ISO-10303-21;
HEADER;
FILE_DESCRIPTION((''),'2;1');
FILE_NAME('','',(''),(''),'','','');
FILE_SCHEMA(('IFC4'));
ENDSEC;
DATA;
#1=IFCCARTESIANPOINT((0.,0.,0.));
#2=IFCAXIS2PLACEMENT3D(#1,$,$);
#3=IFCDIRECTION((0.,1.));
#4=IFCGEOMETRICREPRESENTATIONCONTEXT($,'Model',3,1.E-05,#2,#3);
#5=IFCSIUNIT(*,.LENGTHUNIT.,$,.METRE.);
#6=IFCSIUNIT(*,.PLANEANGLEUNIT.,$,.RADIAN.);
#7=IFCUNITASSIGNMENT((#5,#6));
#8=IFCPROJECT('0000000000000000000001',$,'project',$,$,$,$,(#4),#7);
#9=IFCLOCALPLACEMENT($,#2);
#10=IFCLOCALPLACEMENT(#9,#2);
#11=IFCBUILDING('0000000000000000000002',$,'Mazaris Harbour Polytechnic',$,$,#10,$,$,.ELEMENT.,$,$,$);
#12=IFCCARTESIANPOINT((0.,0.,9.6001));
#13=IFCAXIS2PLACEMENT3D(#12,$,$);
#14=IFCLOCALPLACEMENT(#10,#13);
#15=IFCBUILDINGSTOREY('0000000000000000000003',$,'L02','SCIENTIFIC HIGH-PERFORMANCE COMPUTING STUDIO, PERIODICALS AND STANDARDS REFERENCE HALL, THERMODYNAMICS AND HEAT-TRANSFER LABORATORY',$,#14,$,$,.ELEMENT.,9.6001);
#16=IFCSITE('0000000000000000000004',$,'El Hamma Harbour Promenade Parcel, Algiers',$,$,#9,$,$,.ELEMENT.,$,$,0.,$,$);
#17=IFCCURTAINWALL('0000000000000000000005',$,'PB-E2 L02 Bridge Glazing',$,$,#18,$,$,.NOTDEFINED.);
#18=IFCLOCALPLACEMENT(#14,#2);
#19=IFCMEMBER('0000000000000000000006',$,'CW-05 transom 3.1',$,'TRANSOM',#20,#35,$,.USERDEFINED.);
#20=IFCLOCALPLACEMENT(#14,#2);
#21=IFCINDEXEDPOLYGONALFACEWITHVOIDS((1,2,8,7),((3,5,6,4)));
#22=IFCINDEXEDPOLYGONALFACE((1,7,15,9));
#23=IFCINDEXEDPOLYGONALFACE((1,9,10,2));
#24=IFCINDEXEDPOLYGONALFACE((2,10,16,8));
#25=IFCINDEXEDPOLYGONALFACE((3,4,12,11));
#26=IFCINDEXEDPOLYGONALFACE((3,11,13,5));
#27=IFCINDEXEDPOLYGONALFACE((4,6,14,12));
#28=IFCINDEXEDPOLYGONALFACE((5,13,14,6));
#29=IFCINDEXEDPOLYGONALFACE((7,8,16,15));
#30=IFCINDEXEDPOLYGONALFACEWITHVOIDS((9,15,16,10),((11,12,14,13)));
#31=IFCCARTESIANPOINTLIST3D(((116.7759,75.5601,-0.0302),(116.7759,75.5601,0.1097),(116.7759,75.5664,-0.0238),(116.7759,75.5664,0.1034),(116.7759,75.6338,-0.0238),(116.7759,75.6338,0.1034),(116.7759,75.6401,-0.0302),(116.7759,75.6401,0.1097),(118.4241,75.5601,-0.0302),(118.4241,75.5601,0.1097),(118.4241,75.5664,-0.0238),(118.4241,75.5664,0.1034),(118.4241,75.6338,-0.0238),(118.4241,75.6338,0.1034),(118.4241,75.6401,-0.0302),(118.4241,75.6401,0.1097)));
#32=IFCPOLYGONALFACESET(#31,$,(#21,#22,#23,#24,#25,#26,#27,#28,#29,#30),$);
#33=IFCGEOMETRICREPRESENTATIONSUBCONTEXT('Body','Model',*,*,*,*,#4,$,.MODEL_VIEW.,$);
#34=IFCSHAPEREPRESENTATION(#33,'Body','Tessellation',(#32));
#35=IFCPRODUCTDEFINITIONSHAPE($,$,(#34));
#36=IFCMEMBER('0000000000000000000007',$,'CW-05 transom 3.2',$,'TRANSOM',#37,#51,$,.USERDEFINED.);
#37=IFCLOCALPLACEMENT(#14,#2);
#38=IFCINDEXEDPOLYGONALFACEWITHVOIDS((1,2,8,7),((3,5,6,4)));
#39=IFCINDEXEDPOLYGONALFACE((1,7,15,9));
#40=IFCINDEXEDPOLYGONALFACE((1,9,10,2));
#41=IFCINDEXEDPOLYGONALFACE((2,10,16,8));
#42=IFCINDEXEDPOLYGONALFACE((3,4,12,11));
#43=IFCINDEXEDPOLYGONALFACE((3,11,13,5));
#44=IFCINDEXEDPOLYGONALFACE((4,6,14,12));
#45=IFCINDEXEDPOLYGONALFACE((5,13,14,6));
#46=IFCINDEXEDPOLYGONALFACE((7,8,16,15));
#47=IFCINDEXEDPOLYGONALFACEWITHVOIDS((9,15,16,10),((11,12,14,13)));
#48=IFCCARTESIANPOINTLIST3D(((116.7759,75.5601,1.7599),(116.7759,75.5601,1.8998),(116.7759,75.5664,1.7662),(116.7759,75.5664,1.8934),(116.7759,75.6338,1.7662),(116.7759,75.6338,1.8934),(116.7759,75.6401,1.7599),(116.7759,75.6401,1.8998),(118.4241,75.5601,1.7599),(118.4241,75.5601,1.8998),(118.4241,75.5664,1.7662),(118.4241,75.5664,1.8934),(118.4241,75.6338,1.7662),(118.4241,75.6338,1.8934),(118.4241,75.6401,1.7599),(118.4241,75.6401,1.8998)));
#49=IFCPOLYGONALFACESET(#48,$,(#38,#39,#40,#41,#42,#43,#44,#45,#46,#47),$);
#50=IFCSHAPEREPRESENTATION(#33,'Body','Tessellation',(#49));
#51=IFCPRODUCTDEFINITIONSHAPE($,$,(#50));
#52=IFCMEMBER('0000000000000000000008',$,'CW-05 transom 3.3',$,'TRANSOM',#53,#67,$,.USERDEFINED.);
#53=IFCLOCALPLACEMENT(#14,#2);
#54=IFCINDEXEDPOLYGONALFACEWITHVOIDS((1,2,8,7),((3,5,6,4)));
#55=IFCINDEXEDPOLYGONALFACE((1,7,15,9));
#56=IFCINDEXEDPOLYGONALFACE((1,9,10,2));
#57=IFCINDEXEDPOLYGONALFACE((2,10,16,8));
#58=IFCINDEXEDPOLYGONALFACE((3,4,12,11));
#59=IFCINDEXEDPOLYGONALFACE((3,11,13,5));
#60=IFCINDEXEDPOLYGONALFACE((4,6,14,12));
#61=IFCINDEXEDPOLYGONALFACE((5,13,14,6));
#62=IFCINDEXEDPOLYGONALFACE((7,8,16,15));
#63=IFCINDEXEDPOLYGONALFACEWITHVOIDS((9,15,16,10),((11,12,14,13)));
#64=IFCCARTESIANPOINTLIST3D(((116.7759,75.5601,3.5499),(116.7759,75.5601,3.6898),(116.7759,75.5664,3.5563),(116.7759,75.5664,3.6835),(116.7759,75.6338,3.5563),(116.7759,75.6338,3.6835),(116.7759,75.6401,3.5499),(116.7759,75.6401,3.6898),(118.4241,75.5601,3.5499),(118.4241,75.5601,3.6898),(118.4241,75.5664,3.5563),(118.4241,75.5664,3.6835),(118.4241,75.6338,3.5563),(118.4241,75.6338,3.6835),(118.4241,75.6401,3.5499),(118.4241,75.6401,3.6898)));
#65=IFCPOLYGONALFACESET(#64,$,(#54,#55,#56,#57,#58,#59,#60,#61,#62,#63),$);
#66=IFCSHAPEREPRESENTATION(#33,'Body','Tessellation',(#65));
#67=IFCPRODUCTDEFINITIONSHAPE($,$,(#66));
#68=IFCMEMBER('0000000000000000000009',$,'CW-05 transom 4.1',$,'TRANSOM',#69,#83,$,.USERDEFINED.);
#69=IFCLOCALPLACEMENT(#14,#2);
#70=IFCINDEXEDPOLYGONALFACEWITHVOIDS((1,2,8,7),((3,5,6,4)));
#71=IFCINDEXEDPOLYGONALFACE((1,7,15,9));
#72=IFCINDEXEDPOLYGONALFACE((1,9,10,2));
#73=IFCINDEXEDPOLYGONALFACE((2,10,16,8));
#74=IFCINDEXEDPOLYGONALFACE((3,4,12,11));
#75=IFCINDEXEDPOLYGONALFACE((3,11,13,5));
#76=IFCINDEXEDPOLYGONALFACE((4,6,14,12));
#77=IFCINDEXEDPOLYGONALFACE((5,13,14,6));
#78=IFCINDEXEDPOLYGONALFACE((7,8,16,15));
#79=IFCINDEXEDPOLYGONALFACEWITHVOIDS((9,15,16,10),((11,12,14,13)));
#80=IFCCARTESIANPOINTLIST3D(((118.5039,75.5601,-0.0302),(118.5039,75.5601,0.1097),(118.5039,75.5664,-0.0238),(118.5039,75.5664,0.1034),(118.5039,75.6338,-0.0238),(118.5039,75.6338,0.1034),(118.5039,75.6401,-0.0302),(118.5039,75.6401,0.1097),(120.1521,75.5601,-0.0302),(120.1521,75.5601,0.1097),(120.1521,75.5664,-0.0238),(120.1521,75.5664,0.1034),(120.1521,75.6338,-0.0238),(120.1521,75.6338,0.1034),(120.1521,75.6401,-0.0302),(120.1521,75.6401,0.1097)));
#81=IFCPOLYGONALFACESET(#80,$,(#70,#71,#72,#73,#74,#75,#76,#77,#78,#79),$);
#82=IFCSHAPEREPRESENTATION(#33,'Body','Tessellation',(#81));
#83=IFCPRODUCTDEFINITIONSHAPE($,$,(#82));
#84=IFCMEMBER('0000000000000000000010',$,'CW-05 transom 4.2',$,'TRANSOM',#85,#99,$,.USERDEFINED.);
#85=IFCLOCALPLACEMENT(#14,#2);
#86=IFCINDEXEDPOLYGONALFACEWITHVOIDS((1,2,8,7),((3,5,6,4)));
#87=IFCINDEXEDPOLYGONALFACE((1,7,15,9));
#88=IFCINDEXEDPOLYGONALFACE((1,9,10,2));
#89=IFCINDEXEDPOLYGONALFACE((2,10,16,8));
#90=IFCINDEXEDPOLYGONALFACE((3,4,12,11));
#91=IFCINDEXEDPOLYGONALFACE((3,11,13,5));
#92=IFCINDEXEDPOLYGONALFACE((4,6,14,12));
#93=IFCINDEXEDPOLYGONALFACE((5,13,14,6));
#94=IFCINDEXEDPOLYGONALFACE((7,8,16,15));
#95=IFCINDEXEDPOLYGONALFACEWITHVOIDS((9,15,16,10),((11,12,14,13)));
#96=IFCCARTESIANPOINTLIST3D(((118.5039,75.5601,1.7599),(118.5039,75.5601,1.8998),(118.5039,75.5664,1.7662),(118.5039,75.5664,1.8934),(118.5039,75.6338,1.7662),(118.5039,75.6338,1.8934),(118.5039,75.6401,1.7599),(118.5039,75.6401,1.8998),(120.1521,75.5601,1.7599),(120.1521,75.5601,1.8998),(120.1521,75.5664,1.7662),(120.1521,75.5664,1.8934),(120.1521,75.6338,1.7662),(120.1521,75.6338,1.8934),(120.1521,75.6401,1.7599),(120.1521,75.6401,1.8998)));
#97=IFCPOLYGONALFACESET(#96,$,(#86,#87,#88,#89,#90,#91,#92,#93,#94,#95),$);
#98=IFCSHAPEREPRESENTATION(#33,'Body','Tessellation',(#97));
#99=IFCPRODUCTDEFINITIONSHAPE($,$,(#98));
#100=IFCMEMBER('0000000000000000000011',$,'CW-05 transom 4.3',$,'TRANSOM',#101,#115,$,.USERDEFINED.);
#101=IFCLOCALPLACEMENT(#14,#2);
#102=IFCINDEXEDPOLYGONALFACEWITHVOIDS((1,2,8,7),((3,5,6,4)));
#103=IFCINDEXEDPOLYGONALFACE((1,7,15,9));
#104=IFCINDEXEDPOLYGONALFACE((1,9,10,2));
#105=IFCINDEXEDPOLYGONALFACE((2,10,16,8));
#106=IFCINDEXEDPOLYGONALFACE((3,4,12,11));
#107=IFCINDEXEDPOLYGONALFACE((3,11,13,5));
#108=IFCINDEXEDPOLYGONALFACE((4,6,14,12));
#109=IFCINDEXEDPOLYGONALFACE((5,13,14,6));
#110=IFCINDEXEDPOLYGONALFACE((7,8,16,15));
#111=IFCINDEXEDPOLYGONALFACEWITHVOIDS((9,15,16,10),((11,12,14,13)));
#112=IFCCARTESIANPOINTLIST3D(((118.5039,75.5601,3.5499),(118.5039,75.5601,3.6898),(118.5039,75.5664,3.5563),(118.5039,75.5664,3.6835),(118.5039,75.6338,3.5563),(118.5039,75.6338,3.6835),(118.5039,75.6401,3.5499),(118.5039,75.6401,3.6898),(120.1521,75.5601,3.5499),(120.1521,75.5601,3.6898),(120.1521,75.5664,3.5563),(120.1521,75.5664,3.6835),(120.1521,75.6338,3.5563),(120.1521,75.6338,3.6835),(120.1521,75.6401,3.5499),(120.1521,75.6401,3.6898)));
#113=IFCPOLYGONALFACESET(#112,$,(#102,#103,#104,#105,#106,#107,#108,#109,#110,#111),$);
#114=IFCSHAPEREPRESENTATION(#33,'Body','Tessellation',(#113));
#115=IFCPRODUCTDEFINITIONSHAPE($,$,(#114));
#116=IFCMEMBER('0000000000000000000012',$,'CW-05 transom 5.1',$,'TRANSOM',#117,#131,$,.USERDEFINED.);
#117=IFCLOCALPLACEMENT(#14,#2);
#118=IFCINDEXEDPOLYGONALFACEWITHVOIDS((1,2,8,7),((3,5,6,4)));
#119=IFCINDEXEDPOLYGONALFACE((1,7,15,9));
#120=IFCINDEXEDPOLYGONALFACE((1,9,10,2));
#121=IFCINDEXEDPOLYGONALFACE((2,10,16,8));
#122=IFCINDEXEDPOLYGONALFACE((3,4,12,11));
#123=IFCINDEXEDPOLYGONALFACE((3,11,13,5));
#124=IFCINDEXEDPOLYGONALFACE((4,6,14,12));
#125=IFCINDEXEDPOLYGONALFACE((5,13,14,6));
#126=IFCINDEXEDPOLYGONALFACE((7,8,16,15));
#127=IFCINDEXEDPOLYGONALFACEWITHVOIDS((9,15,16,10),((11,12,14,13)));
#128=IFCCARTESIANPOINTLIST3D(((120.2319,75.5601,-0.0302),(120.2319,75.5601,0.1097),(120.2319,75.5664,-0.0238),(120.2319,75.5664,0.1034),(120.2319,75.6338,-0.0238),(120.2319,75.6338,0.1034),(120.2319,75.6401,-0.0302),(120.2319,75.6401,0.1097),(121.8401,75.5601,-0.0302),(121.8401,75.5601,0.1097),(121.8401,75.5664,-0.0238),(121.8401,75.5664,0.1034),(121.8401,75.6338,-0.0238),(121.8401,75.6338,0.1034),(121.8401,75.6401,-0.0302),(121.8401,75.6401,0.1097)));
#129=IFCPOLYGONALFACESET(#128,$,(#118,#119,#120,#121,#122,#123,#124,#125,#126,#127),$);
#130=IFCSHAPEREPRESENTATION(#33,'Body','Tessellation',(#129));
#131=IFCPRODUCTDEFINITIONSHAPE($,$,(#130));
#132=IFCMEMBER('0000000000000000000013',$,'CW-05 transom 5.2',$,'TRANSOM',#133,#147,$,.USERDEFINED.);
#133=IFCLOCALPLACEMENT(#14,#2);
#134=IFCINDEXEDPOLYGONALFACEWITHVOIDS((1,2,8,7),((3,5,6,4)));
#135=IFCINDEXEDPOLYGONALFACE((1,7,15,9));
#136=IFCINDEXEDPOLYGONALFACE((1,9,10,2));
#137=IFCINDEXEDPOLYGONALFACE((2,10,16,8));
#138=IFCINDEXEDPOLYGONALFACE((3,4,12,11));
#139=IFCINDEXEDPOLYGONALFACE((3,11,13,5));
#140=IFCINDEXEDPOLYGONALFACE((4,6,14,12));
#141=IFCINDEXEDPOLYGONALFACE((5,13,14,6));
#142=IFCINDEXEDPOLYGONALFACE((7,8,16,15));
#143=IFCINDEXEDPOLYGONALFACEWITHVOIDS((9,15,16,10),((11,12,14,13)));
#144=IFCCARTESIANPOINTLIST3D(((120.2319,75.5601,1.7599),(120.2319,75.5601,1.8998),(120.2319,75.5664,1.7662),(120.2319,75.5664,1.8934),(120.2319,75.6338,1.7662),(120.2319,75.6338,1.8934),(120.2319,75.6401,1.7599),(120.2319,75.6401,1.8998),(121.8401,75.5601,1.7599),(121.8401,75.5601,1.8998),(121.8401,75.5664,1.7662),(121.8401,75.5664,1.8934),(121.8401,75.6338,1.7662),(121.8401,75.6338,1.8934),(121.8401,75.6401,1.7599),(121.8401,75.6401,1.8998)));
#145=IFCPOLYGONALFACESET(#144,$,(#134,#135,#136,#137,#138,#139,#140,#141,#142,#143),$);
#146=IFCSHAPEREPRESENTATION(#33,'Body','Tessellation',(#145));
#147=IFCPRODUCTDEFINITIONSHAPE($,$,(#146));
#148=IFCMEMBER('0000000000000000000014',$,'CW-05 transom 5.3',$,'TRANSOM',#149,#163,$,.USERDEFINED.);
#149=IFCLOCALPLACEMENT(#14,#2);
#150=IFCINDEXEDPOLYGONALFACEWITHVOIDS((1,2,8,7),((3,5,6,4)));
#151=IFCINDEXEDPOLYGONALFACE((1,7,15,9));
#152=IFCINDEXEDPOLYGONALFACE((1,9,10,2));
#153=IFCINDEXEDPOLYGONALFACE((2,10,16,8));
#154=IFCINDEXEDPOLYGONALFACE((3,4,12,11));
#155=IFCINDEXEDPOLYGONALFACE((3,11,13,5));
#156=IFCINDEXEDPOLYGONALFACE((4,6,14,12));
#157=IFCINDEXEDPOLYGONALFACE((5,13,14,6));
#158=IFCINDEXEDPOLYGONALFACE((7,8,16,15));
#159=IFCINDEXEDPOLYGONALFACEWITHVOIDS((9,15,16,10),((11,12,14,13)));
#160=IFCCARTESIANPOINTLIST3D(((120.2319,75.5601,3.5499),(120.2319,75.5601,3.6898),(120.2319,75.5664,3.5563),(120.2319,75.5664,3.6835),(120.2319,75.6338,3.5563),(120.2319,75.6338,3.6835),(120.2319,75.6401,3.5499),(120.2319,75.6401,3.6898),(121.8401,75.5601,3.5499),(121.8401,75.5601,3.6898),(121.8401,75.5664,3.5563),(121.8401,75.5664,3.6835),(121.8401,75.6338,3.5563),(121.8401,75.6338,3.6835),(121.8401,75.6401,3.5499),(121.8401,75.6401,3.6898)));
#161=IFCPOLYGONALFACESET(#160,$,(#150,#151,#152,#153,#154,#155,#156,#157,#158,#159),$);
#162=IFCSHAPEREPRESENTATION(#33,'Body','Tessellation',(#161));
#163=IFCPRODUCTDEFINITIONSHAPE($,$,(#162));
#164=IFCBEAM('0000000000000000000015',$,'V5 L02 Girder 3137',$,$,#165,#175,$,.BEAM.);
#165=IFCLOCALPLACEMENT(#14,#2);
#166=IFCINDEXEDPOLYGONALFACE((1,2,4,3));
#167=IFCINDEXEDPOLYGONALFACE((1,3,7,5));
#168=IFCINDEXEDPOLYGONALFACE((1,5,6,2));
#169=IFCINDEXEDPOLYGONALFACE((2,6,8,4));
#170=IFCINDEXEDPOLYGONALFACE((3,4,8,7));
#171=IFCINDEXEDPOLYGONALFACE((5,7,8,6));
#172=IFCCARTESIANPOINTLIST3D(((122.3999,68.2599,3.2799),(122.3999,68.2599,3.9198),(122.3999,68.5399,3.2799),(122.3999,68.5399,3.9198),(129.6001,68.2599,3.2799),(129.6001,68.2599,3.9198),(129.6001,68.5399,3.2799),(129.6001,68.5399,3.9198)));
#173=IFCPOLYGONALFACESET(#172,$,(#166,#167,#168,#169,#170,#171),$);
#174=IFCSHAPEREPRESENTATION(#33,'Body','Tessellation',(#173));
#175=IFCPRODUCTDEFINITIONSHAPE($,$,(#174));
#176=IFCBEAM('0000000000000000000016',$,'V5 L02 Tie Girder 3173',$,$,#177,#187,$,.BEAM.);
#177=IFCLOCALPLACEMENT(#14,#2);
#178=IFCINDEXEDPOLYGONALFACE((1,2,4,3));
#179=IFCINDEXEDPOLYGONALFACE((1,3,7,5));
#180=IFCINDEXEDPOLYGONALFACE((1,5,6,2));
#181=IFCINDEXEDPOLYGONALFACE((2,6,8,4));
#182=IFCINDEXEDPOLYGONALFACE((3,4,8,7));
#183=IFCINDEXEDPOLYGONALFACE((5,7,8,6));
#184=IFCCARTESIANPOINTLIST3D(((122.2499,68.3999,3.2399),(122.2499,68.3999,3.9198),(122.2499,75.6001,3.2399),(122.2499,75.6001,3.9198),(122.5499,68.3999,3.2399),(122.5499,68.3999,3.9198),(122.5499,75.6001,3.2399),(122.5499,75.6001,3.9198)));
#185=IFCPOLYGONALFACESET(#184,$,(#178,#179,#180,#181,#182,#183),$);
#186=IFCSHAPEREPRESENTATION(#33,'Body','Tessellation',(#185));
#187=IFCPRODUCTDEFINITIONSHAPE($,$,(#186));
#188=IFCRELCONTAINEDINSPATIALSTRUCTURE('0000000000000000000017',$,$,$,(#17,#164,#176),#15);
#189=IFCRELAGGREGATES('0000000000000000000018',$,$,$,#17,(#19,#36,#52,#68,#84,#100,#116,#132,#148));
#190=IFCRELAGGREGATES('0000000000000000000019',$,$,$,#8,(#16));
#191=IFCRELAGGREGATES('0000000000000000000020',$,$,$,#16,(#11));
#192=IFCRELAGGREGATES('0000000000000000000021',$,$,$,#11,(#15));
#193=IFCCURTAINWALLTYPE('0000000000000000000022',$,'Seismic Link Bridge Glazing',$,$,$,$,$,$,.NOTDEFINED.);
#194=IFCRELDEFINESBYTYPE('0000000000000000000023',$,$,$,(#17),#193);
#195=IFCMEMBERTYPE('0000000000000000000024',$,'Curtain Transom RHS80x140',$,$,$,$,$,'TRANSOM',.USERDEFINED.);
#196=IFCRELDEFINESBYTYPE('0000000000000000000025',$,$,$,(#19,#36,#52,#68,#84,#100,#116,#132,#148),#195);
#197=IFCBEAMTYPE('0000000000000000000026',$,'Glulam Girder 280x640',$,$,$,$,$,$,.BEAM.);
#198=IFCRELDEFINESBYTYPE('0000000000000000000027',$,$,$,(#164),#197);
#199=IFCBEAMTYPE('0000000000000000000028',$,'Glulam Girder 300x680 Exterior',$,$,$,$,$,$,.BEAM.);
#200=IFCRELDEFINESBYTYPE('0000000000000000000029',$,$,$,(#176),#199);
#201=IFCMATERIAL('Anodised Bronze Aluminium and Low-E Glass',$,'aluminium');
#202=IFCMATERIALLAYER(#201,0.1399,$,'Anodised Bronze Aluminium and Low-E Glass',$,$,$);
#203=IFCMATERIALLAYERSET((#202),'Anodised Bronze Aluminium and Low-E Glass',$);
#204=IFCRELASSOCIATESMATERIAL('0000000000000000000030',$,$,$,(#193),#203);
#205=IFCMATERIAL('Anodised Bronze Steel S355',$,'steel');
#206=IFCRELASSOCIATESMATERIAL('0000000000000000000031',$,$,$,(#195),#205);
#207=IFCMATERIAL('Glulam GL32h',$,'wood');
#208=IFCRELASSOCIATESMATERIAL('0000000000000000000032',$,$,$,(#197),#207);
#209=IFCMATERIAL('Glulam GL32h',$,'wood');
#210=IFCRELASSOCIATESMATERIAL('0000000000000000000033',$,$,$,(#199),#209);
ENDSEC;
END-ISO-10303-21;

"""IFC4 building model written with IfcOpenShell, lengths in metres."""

from ifc_helpers import new_model, si_unit, direction, frame, origin, origin_2d, place, context, subcontext, project, spatial, rectangle, hollow_rectangle, extrude, material, layer, layer_set, material_profile, profile_set, type_object, element, aggregate, save


model = new_model("IFC4")

# Units and contexts
model_context = context("Model", 3, precision=1e-05, world=origin(), true_north=direction((0.0, 1.0)))
body_context = subcontext(model_context, "Body", "Model", "MODEL_VIEW")
ifc_project = project(units=[si_unit("LENGTHUNIT", "METRE"), si_unit("PLANEANGLEUNIT", "RADIAN")], contexts=[model_context])

# Site, building, storey
site_placement = place(None, origin())
site = spatial("IfcSite", under=ifc_project, at=site_placement, Name="El Hamma Harbour Promenade Parcel, Algiers", CompositionType="ELEMENT", RefElevation=0.0)
building_placement = place(site_placement, origin())
building = spatial("IfcBuilding", under=site, at=building_placement, Name="Mazaris Harbour Polytechnic", CompositionType="ELEMENT")
storey_placement = place(building_placement, frame((0.0, 0.0, 9.6001)))
storey = spatial("IfcBuildingStorey", under=building, at=storey_placement, Name="L02", Description="SCIENTIFIC HIGH-PERFORMANCE COMPUTING STUDIO, PERIODICALS AND STANDARDS REFERENCE HALL, THERMODYNAMICS AND HEAT-TRANSFER LABORATORY", CompositionType="ELEMENT", Elevation=9.6001)

# Curtain wall, members
ifc_material_1 = material(Name="Anodised Bronze Aluminium and Low-E Glass", Category="aluminium")
ifc_layer_1 = layer(ifc_material_1, 0.1399, Name="Anodised Bronze Aluminium and Low-E Glass")
ifc_layer_set_1 = layer_set([ifc_layer_1], Name="Anodised Bronze Aluminium and Low-E Glass")
curtain_wall_type = type_object("IfcCurtainWallType", Name="Seismic Link Bridge Glazing", PredefinedType="NOTDEFINED", material=ifc_layer_set_1)
curtain_wall_placement = place(storey_placement, origin())
curtain_wall = element("IfcCurtainWall", 1, at=curtain_wall_placement, inside=storey, type_object=curtain_wall_type, Name="PB-E2 L02 Bridge Glazing", PredefinedType="NOTDEFINED")
ifc_material_2 = material(Name="Anodised Bronze Steel S355", Category="steel")
ifc_material_profile_1 = material_profile(ifc_material_2, hollow_rectangle(XDim=0.0801, YDim=0.1399, WallThickness=0.0063, at=origin_2d()), Name="RHS 80x140x6.3")
ifc_profile_set_1 = profile_set([ifc_material_profile_1], Name="Anodised Bronze Steel S355")
member_type_1 = type_object("IfcMemberType", Name="Curtain Transom RHS80x140", ElementType="TRANSOM", PredefinedType="USERDEFINED", material=ifc_profile_set_1)
member_1_placement = place(storey_placement, frame((116.7759, 75.6001, 0.0398), z_axis=(1.0, 0.0, 0.0), x_axis=(0.0, 1.0, 0.0)))
member_1 = element("IfcMember", 2, at=member_1_placement, type_object=member_type_1, Name="CW-05 transom 3.1", ObjectType="TRANSOM", PredefinedType="USERDEFINED", context=body_context, shape_type="SweptSolid", body=[
    extrude(hollow_rectangle(XDim=0.0801, YDim=0.1399, WallThickness=0.0063, at=origin_2d()), origin(), (0.0, 0.0, 1.0), 1.6482),
])
member_2_placement = place(storey_placement, frame((116.7759, 75.6001, 1.8298), z_axis=(1.0, 0.0, 0.0), x_axis=(0.0, 1.0, 0.0)))
member_2 = element("IfcMember", 3, at=member_2_placement, type_object=member_type_1, Name="CW-05 transom 3.2", ObjectType="TRANSOM", PredefinedType="USERDEFINED", context=body_context, shape_type="SweptSolid", body=[
    extrude(hollow_rectangle(XDim=0.0801, YDim=0.1399, WallThickness=0.0063, at=origin_2d()), origin(), (0.0, 0.0, 1.0), 1.6482),
])
member_3_placement = place(storey_placement, frame((116.7759, 75.6001, 3.6199), z_axis=(1.0, 0.0, 0.0), x_axis=(0.0, 1.0, 0.0)))
member_3 = element("IfcMember", 4, at=member_3_placement, type_object=member_type_1, Name="CW-05 transom 3.3", ObjectType="TRANSOM", PredefinedType="USERDEFINED", context=body_context, shape_type="SweptSolid", body=[
    extrude(hollow_rectangle(XDim=0.0801, YDim=0.1399, WallThickness=0.0063, at=origin_2d()), origin(), (0.0, 0.0, 1.0), 1.6482),
])
member_4_placement = place(storey_placement, frame((118.5039, 75.6001, 0.0398), z_axis=(1.0, 0.0, 0.0), x_axis=(0.0, 1.0, 0.0)))
member_4 = element("IfcMember", 5, at=member_4_placement, type_object=member_type_1, Name="CW-05 transom 4.1", ObjectType="TRANSOM", PredefinedType="USERDEFINED", context=body_context, shape_type="SweptSolid", body=[
    extrude(hollow_rectangle(XDim=0.0801, YDim=0.1399, WallThickness=0.0063, at=origin_2d()), origin(), (0.0, 0.0, 1.0), 1.6482),
])
member_5_placement = place(storey_placement, frame((118.5039, 75.6001, 1.8298), z_axis=(1.0, 0.0, 0.0), x_axis=(0.0, 1.0, 0.0)))
member_5 = element("IfcMember", 6, at=member_5_placement, type_object=member_type_1, Name="CW-05 transom 4.2", ObjectType="TRANSOM", PredefinedType="USERDEFINED", context=body_context, shape_type="SweptSolid", body=[
    extrude(hollow_rectangle(XDim=0.0801, YDim=0.1399, WallThickness=0.0063, at=origin_2d()), origin(), (0.0, 0.0, 1.0), 1.6482),
])
member_6_placement = place(storey_placement, frame((118.5039, 75.6001, 3.6199), z_axis=(1.0, 0.0, 0.0), x_axis=(0.0, 1.0, 0.0)))
member_6 = element("IfcMember", 7, at=member_6_placement, type_object=member_type_1, Name="CW-05 transom 4.3", ObjectType="TRANSOM", PredefinedType="USERDEFINED", context=body_context, shape_type="SweptSolid", body=[
    extrude(hollow_rectangle(XDim=0.0801, YDim=0.1399, WallThickness=0.0063, at=origin_2d()), origin(), (0.0, 0.0, 1.0), 1.6482),
])
member_7_placement = place(storey_placement, frame((120.2319, 75.6001, 0.0398), z_axis=(1.0, 0.0, 0.0), x_axis=(0.0, 1.0, 0.0)))
member_7 = element("IfcMember", 8, at=member_7_placement, type_object=member_type_1, Name="CW-05 transom 5.1", ObjectType="TRANSOM", PredefinedType="USERDEFINED", context=body_context, shape_type="SweptSolid", body=[
    extrude(hollow_rectangle(XDim=0.0801, YDim=0.1399, WallThickness=0.0063, at=origin_2d()), origin(), (0.0, 0.0, 1.0), 1.6082),
])
member_8_placement = place(storey_placement, frame((120.2319, 75.6001, 1.8298), z_axis=(1.0, 0.0, 0.0), x_axis=(0.0, 1.0, 0.0)))
member_8 = element("IfcMember", 9, at=member_8_placement, type_object=member_type_1, Name="CW-05 transom 5.2", ObjectType="TRANSOM", PredefinedType="USERDEFINED", context=body_context, shape_type="SweptSolid", body=[
    extrude(hollow_rectangle(XDim=0.0801, YDim=0.1399, WallThickness=0.0063, at=origin_2d()), origin(), (0.0, 0.0, 1.0), 1.6082),
])
member_9_placement = place(storey_placement, frame((120.2319, 75.6001, 3.6199), z_axis=(1.0, 0.0, 0.0), x_axis=(0.0, 1.0, 0.0)))
member_9 = element("IfcMember", 10, at=member_9_placement, type_object=member_type_1, Name="CW-05 transom 5.3", ObjectType="TRANSOM", PredefinedType="USERDEFINED", context=body_context, shape_type="SweptSolid", body=[
    extrude(hollow_rectangle(XDim=0.0801, YDim=0.1399, WallThickness=0.0063, at=origin_2d()), origin(), (0.0, 0.0, 1.0), 1.6082),
])

# Beams
ifc_material_3 = material(Name="Glulam GL32h", Category="wood")
ifc_material_profile_2 = material_profile(ifc_material_3, rectangle(XDim=0.28, YDim=0.6399, at=origin_2d()), Name="RECT280x640")
ifc_profile_set_2 = profile_set([ifc_material_profile_2], Name="Glulam GL32h")
beam_type_1 = type_object("IfcBeamType", Name="Glulam Girder 280x640", PredefinedType="BEAM", material=ifc_profile_set_2)
beam_1_placement = place(storey_placement, frame((122.3999, 68.3999, 3.5999), z_axis=(1.0, 0.0, 0.0), x_axis=(0.0, 1.0, 0.0)))
element("IfcBeam", 11, at=beam_1_placement, inside=storey, type_object=beam_type_1, Name="V5 L02 Girder 3137", PredefinedType="BEAM", context=body_context, shape_type="SweptSolid", body=[
    extrude(rectangle(XDim=0.28, YDim=0.6399, at=origin_2d()), origin(), (0.0, 0.0, 1.0), 7.2002),
])
ifc_material_4 = material(Name="Glulam GL32h", Category="wood")
ifc_material_profile_3 = material_profile(ifc_material_4, rectangle(XDim=0.3, YDim=0.6799, at=origin_2d()), Name="RECT300x680")
ifc_profile_set_3 = profile_set([ifc_material_profile_3], Name="Glulam GL32h")
beam_type_2 = type_object("IfcBeamType", Name="Glulam Girder 300x680 Exterior", PredefinedType="BEAM", material=ifc_profile_set_3)
beam_2_placement = place(storey_placement, frame((122.3999, 68.3999, 3.5798), z_axis=(0.0, 1.0, 0.0), x_axis=(-1.0, 0.0, 0.0)))
element("IfcBeam", 12, at=beam_2_placement, inside=storey, type_object=beam_type_2, Name="V5 L02 Tie Girder 3173", PredefinedType="BEAM", context=body_context, shape_type="SweptSolid", body=[
    extrude(rectangle(XDim=0.3, YDim=0.6799, at=origin_2d()), origin(), (0.0, 0.0, 1.0), 7.2002),
])

aggregate(curtain_wall, [member_1, member_2, member_3, member_4, member_5, member_6, member_7, member_8, member_9])

save(model, "model.ifc")
